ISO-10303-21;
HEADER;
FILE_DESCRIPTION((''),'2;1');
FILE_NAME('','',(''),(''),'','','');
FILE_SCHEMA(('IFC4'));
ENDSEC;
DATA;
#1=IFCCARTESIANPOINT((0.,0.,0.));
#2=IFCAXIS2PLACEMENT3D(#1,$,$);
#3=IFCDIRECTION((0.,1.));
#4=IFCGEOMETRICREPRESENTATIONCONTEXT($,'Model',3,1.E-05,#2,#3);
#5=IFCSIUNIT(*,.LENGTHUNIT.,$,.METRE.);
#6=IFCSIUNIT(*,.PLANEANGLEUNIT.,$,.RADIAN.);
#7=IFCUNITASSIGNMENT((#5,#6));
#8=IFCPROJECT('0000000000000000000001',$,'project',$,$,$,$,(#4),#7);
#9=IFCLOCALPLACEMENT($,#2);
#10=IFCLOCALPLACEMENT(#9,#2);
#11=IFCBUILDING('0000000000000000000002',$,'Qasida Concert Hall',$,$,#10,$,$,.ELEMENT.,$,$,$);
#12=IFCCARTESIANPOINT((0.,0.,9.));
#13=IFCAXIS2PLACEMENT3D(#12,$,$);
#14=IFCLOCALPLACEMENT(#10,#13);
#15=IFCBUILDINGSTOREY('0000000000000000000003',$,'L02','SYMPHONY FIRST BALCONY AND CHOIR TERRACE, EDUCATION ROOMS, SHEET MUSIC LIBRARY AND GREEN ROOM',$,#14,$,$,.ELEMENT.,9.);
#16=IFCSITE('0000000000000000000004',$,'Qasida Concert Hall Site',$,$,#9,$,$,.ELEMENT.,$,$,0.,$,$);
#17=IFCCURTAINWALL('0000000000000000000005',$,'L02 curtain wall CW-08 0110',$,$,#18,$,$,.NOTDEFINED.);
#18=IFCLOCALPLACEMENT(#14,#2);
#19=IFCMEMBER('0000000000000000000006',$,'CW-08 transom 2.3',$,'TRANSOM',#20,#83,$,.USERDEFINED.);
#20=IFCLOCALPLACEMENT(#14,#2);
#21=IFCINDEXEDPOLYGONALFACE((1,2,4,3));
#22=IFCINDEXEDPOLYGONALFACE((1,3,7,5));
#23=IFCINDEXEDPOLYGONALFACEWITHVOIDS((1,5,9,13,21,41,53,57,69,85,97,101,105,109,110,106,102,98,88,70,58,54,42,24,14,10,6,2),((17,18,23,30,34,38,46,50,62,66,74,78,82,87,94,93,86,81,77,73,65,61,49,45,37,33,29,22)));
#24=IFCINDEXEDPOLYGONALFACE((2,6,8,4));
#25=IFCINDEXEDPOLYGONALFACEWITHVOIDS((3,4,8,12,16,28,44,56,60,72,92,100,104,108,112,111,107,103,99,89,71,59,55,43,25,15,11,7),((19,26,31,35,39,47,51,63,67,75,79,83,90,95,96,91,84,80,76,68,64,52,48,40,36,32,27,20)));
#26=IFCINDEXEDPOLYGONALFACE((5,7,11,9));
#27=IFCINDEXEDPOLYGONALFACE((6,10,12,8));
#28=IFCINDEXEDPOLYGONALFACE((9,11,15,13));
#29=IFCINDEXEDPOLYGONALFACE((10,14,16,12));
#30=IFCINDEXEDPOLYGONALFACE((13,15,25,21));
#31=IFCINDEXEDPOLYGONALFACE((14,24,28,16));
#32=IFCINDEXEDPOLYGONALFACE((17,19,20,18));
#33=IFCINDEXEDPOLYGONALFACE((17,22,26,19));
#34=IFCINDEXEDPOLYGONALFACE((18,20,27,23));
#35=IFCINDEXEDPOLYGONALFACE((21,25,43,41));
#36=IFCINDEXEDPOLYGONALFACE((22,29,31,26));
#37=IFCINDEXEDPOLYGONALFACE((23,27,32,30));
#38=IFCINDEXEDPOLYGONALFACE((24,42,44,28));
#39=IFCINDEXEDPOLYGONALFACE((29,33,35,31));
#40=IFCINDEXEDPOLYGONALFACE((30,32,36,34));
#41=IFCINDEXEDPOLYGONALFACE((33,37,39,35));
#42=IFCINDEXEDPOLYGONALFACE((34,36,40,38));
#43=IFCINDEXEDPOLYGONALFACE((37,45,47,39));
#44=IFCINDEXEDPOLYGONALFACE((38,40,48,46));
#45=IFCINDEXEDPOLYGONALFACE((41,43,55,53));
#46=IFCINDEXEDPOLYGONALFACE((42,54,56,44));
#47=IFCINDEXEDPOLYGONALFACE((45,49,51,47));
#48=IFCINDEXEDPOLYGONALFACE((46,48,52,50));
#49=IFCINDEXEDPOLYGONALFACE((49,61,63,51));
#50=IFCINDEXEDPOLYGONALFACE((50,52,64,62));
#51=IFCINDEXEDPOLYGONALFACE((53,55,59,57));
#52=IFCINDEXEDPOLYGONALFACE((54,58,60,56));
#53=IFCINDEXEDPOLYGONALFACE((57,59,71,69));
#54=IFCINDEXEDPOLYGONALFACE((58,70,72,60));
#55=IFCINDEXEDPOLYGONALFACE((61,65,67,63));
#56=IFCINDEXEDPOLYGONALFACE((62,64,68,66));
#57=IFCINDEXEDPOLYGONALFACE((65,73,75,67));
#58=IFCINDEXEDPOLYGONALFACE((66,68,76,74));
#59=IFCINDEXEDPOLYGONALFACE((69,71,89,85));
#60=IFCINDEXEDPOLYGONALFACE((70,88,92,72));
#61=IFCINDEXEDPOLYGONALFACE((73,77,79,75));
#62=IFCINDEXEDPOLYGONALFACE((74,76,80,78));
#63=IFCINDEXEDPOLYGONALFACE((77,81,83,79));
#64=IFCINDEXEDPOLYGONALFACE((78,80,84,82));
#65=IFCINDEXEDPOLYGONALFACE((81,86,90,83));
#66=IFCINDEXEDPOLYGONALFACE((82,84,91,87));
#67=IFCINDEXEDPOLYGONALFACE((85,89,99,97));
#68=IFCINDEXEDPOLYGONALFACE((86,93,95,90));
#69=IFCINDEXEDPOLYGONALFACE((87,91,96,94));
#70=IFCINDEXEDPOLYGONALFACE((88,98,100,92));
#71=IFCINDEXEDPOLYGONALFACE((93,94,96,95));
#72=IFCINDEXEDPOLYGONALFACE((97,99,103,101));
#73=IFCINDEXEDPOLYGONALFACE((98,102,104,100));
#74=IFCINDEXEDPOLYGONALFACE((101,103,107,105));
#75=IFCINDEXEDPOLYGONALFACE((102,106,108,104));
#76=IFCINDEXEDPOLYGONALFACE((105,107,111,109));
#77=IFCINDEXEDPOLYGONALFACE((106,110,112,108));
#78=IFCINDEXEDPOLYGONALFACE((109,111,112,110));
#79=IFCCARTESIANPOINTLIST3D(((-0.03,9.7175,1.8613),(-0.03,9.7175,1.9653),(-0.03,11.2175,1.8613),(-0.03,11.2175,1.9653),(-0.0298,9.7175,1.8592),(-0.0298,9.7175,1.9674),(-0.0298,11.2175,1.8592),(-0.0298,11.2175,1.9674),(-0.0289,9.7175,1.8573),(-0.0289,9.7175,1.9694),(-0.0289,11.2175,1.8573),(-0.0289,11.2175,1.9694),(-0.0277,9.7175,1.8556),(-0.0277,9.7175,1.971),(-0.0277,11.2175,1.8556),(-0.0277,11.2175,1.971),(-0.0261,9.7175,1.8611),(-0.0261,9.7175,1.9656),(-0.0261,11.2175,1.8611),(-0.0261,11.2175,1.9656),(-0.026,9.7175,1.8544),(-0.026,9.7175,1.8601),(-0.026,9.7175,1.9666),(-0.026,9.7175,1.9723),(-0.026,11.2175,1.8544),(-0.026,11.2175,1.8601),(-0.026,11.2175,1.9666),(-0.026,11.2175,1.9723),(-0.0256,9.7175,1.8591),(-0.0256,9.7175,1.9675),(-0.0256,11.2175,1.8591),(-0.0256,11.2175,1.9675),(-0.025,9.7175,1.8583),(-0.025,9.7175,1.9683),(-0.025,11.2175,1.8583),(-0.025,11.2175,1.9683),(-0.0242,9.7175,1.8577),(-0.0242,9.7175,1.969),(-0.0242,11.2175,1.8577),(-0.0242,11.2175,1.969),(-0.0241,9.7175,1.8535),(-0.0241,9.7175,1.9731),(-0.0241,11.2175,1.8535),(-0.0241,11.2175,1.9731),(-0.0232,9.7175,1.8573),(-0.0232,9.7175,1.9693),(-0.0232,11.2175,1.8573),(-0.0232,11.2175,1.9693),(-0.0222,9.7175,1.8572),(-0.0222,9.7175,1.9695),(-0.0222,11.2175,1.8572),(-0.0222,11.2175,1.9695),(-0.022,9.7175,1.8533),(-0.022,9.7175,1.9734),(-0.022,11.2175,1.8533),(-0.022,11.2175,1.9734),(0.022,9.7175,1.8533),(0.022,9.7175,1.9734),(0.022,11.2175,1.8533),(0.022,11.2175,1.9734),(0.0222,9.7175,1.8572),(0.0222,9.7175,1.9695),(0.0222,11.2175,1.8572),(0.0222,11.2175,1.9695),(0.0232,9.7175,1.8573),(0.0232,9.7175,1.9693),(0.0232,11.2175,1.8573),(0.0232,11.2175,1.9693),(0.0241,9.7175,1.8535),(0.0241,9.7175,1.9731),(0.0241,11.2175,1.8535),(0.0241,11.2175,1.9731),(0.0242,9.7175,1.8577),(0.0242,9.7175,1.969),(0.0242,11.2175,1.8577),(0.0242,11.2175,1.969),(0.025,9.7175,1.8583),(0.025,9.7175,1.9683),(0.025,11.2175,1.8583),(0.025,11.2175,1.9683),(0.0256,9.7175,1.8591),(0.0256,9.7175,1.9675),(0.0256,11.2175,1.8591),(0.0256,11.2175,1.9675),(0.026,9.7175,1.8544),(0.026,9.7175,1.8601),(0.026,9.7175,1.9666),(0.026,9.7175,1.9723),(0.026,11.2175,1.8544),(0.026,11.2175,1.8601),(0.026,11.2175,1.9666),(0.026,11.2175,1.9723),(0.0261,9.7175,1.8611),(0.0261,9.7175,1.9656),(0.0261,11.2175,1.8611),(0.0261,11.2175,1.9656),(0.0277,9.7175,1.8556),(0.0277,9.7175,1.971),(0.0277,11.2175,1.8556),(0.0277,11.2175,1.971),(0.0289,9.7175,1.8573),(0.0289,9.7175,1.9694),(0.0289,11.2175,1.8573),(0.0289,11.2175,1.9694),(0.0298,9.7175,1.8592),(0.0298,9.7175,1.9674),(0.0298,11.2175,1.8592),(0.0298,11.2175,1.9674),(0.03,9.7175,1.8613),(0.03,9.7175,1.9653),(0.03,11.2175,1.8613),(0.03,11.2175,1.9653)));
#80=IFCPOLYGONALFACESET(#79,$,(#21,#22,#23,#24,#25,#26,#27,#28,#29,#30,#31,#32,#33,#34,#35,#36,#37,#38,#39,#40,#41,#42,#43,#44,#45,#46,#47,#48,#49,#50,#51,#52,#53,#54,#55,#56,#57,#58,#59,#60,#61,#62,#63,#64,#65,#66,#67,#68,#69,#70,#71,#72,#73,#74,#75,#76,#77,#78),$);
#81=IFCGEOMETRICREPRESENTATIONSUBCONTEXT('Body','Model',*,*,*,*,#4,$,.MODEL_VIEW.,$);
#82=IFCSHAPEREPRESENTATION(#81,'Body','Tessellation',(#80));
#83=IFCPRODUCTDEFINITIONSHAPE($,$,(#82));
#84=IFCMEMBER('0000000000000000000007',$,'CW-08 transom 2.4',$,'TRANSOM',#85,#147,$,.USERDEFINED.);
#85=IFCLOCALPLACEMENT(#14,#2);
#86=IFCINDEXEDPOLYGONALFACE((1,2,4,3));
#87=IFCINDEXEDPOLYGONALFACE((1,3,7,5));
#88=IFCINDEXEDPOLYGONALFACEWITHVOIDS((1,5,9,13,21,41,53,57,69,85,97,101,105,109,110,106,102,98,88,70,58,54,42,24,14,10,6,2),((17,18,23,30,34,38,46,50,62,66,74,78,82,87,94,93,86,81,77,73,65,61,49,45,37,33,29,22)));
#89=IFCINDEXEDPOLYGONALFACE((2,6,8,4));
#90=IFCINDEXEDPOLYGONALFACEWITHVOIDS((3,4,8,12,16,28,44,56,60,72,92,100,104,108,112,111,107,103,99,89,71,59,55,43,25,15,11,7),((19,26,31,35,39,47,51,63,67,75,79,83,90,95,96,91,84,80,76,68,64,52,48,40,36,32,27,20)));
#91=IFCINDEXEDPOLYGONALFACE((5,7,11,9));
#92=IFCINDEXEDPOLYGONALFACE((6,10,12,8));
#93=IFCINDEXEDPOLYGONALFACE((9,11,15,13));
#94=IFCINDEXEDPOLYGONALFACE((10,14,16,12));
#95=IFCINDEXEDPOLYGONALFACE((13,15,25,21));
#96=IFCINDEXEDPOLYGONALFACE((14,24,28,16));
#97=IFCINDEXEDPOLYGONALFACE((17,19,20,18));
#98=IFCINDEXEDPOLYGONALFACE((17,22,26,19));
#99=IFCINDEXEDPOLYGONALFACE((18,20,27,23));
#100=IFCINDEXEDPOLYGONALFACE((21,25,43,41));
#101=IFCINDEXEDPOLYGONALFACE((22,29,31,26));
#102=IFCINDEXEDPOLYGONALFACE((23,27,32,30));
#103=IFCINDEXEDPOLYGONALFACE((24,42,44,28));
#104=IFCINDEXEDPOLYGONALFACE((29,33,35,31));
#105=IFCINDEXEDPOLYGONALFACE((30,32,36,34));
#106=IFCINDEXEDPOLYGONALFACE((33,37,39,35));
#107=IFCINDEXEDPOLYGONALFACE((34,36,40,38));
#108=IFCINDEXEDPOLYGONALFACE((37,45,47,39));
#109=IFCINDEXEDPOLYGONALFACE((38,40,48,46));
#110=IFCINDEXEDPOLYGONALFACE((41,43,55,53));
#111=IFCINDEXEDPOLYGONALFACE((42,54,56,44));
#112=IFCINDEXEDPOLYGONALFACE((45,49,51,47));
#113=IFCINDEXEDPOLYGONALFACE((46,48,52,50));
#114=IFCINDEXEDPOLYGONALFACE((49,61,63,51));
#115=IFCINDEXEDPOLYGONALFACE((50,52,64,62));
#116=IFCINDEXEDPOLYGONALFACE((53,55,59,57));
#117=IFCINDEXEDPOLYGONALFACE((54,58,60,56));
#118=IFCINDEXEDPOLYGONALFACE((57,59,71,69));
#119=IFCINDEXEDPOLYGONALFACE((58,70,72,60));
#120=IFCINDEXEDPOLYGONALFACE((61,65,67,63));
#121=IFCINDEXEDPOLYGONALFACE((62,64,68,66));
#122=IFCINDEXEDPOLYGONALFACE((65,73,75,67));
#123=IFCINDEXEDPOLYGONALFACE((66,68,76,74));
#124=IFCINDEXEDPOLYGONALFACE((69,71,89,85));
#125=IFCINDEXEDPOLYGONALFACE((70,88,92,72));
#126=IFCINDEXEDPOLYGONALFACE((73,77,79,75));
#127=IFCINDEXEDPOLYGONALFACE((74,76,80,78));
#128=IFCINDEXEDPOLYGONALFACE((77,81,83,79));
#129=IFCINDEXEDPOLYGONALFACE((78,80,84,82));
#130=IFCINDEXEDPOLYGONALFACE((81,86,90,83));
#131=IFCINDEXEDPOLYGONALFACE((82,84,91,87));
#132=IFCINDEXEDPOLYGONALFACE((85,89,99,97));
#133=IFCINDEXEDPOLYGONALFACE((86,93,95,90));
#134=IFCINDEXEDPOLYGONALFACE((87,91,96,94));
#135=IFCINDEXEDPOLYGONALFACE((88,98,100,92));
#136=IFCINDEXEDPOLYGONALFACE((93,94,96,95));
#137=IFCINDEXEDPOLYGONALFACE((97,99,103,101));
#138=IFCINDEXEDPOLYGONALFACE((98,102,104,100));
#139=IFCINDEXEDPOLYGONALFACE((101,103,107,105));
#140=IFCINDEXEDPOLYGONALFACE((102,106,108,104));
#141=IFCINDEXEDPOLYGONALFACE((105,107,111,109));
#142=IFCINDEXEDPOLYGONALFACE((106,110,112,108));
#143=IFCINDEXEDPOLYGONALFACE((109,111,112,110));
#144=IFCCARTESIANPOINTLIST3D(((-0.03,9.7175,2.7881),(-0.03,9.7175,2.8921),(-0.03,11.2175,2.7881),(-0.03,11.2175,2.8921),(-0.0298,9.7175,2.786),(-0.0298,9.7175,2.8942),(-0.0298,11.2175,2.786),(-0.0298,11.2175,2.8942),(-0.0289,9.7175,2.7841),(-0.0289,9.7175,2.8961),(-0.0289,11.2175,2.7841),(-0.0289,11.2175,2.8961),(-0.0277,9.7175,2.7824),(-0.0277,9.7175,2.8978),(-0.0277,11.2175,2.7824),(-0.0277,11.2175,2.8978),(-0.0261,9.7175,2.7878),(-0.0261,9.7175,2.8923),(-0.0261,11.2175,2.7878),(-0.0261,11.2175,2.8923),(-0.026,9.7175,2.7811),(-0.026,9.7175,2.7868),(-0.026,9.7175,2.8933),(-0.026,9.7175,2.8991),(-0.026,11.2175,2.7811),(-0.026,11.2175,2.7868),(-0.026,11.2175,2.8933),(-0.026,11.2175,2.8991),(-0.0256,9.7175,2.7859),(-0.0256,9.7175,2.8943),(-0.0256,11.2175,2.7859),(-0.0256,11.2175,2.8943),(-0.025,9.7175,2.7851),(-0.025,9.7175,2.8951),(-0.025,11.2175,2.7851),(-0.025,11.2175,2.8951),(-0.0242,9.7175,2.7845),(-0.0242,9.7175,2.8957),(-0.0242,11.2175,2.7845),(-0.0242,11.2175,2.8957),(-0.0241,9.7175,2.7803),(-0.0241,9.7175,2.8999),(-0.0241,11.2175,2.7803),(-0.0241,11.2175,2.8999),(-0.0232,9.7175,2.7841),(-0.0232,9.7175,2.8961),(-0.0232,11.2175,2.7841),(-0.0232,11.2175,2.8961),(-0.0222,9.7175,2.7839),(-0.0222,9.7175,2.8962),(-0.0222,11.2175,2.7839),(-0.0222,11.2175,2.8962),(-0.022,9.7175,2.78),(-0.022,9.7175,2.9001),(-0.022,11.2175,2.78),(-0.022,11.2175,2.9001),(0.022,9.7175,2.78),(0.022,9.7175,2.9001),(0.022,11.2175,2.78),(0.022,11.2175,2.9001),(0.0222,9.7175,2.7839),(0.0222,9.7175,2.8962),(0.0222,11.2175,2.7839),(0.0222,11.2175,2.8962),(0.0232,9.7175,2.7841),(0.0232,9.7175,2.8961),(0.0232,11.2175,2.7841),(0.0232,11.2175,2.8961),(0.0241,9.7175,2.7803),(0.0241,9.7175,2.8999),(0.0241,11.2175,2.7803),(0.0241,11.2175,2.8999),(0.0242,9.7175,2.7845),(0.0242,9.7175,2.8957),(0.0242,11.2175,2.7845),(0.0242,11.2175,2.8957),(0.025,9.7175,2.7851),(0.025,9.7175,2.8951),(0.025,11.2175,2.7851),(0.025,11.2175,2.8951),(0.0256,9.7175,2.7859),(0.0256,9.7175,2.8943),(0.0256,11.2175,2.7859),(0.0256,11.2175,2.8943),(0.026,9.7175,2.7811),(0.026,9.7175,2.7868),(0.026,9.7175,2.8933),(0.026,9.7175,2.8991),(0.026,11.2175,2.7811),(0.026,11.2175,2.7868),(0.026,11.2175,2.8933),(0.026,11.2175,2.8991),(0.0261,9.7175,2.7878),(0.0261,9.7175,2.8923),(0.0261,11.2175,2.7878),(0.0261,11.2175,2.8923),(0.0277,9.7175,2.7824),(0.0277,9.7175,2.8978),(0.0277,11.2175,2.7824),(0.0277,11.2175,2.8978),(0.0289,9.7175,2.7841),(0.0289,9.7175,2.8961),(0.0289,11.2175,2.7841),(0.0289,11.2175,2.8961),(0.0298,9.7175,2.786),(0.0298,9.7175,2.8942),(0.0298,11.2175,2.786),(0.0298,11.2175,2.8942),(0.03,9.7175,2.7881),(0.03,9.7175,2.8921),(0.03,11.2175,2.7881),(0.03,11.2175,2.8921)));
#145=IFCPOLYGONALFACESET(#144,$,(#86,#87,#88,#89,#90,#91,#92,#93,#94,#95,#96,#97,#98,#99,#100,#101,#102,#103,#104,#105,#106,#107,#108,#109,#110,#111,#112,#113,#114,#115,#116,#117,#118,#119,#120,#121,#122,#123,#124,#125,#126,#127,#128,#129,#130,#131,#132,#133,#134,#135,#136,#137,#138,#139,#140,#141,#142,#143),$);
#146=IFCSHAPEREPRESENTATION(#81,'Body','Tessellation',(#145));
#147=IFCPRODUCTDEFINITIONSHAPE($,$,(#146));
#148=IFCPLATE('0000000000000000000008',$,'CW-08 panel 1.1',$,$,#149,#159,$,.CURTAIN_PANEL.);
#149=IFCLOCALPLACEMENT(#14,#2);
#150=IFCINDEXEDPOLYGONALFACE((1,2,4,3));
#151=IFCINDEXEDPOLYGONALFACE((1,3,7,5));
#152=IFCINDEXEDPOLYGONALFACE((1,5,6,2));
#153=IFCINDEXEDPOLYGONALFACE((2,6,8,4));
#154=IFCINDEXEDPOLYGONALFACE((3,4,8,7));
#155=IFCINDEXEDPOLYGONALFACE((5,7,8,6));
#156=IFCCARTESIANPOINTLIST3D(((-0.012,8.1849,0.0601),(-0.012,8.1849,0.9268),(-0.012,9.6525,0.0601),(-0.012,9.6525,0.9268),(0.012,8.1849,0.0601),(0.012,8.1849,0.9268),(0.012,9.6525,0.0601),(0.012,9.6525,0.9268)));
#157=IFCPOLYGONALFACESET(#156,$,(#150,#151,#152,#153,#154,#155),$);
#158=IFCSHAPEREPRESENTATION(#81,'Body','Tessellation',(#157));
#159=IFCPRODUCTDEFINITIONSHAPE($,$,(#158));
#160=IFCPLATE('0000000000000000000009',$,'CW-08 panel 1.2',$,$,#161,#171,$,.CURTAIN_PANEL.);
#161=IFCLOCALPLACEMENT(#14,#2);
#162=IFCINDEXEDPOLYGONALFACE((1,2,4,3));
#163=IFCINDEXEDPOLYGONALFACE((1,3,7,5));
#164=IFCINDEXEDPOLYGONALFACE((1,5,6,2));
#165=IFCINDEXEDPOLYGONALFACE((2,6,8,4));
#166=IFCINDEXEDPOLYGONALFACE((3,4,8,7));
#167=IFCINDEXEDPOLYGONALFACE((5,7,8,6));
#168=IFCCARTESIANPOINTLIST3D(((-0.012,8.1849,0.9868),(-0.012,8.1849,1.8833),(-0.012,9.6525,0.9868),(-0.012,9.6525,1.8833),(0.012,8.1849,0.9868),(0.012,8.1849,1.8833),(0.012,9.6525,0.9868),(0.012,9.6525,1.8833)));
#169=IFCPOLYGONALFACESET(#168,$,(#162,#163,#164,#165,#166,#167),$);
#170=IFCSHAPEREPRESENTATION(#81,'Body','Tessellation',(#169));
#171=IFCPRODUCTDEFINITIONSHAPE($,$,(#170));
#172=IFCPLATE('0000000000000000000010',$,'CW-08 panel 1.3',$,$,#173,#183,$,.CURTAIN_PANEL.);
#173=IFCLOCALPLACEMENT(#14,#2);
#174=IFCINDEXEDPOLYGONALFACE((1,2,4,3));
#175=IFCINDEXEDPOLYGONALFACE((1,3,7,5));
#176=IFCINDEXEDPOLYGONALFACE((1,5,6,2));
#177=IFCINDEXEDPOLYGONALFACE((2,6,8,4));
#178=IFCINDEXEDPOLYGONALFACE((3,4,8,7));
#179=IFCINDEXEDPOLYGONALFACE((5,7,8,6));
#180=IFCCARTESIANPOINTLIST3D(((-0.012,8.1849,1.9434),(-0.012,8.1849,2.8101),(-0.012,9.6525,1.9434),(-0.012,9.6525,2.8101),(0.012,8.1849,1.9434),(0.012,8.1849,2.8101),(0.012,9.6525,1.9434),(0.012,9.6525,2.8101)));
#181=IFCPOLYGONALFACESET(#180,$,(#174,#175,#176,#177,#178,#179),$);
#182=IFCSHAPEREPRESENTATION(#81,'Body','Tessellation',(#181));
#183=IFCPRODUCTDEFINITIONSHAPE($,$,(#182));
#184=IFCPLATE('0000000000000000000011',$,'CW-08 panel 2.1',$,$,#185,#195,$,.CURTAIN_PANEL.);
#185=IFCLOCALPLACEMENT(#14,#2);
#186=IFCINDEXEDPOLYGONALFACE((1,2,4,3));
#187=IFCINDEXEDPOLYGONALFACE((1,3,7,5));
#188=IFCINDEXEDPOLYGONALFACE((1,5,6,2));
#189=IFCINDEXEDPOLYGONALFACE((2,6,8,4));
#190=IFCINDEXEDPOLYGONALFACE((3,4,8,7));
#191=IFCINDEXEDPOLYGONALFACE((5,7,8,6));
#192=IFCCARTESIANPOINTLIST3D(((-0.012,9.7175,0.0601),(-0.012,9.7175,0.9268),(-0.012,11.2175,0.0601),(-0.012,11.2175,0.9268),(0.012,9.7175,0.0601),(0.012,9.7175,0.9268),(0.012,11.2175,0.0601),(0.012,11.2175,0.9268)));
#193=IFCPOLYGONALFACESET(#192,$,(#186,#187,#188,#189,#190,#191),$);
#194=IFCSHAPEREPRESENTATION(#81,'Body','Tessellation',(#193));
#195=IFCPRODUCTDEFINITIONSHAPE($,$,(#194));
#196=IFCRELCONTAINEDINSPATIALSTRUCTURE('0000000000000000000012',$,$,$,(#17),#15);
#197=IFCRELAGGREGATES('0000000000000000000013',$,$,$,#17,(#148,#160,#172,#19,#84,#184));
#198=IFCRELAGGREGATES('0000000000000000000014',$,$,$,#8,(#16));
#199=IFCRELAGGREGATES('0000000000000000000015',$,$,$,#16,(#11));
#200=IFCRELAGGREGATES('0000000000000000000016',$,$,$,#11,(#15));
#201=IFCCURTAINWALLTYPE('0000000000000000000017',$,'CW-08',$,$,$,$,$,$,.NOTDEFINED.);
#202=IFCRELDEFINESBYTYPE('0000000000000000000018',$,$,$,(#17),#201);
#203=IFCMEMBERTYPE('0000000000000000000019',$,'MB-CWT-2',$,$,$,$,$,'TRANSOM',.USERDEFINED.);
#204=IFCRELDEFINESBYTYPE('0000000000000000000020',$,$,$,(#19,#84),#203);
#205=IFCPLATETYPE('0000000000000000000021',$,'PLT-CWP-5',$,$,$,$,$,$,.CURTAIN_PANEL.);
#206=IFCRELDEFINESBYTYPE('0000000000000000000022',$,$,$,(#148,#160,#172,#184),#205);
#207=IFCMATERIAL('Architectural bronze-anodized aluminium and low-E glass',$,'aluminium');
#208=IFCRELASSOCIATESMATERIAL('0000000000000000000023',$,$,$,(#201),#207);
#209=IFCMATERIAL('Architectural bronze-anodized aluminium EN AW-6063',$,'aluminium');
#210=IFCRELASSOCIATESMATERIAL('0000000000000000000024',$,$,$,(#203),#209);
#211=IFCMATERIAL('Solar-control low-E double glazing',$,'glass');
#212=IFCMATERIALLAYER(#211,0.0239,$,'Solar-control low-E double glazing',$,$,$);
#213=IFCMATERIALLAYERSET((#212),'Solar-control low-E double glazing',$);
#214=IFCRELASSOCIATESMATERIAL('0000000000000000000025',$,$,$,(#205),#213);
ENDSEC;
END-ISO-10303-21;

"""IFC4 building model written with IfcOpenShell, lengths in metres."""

from ifc_helpers import new_model, si_unit, direction, frame, origin, origin_2d, place, context, subcontext, project, spatial, rectangle, hollow_rectangle, extrude, material, layer, layer_set, material_profile, profile_set, type_object, element, aggregate, save


model = new_model("IFC4")

# Units and contexts
model_context = context("Model", 3, precision=1e-05, world=origin(), true_north=direction((0.0, 1.0)))
body_context = subcontext(model_context, "Body", "Model", "MODEL_VIEW")
ifc_project = project(units=[si_unit("LENGTHUNIT", "METRE"), si_unit("PLANEANGLEUNIT", "RADIAN")], contexts=[model_context])

# Site, building, storey
site_placement = place(None, origin())
site = spatial("IfcSite", under=ifc_project, at=site_placement, Name="Qasida Concert Hall Site", CompositionType="ELEMENT", RefElevation=0.0)
building_placement = place(site_placement, origin())
building = spatial("IfcBuilding", under=site, at=building_placement, Name="Qasida Concert Hall", CompositionType="ELEMENT")
storey_placement = place(building_placement, frame((0.0, 0.0, 9.0)))
storey = spatial("IfcBuildingStorey", under=building, at=storey_placement, Name="L02", Description="SYMPHONY FIRST BALCONY AND CHOIR TERRACE, EDUCATION ROOMS, SHEET MUSIC LIBRARY AND GREEN ROOM", CompositionType="ELEMENT", Elevation=9.0)

# Curtain wall, members, plates
ifc_material_1 = material(Name="Architectural bronze-anodized aluminium and low-E glass", Category="aluminium")
curtain_wall_type = type_object("IfcCurtainWallType", Name="CW-08", PredefinedType="NOTDEFINED", material=ifc_material_1)
curtain_wall_placement = place(storey_placement, origin())
curtain_wall = element("IfcCurtainWall", 1, at=curtain_wall_placement, inside=storey, type_object=curtain_wall_type, Name="L02 curtain wall CW-08 0110", PredefinedType="NOTDEFINED")
ifc_material_2 = material(Name="Architectural bronze-anodized aluminium EN AW-6063", Category="aluminium")
ifc_material_profile_1 = material_profile(ifc_material_2, hollow_rectangle(XDim=0.0601, YDim=0.1201, WallThickness=0.0039, InnerFilletRadius=0.0039, OuterFilletRadius=0.0081, at=origin_2d()), Name="CWT 120x60x4")
ifc_profile_set_1 = profile_set([ifc_material_profile_1], Name="Architectural bronze-anodized aluminium EN AW-6063")
member_type_1 = type_object("IfcMemberType", Name="MB-CWT-2", ElementType="TRANSOM", PredefinedType="USERDEFINED", material=ifc_profile_set_1)
member_1_placement = place(storey_placement, frame((0.0, 9.7175, 1.9133), z_axis=(0.0, 1.0, 0.0), x_axis=(-1.0, 0.0, 0.0)))
member_1 = element("IfcMember", 2, at=member_1_placement, type_object=member_type_1, Name="CW-08 transom 2.3", ObjectType="TRANSOM", PredefinedType="USERDEFINED", context=body_context, shape_type="SweptSolid", body=[
    extrude(hollow_rectangle(XDim=0.0601, YDim=0.1201, WallThickness=0.0039, InnerFilletRadius=0.0039, OuterFilletRadius=0.0081, at=origin_2d()), origin(), (0.0, 0.0, 1.0), 1.5),
])
member_2_placement = place(storey_placement, frame((0.0, 9.7175, 2.8401), z_axis=(0.0, 1.0, 0.0), x_axis=(-1.0, 0.0, 0.0)))
member_2 = element("IfcMember", 3, at=member_2_placement, type_object=member_type_1, Name="CW-08 transom 2.4", ObjectType="TRANSOM", PredefinedType="USERDEFINED", context=body_context, shape_type="SweptSolid", body=[
    extrude(hollow_rectangle(XDim=0.0601, YDim=0.1201, WallThickness=0.0039, InnerFilletRadius=0.0039, OuterFilletRadius=0.0081, at=origin_2d()), origin(), (0.0, 0.0, 1.0), 1.5),
])
ifc_material_3 = material(Name="Solar-control low-E double glazing", Category="glass")
ifc_layer_1 = layer(ifc_material_3, 0.0239, Name="Solar-control low-E double glazing")
ifc_layer_set_1 = layer_set([ifc_layer_1], Name="Solar-control low-E double glazing")
plate_type = type_object("IfcPlateType", Name="PLT-CWP-5", PredefinedType="CURTAIN_PANEL", material=ifc_layer_set_1)
plate_1_placement = place(storey_placement, frame((0.0, 8.9187, 0.0601), z_axis=(0.0, 0.0, 1.0), x_axis=(0.0, 1.0, 0.0)))
plate_1 = element("IfcPlate", 4, at=plate_1_placement, type_object=plate_type, Name="CW-08 panel 1.1", PredefinedType="CURTAIN_PANEL", context=body_context, shape_type="SweptSolid", body=[
    extrude(rectangle(XDim=1.4675, YDim=0.0239, at=origin_2d()), origin(), (0.0, 0.0, 1.0), 0.8667),
])
plate_2_placement = place(storey_placement, frame((0.0, 8.9187, 0.9868), z_axis=(0.0, 0.0, 1.0), x_axis=(0.0, 1.0, 0.0)))
plate_2 = element("IfcPlate", 5, at=plate_2_placement, type_object=plate_type, Name="CW-08 panel 1.2", PredefinedType="CURTAIN_PANEL", context=body_context, shape_type="SweptSolid", body=[
    extrude(rectangle(XDim=1.4675, YDim=0.0239, at=origin_2d()), origin(), (0.0, 0.0, 1.0), 0.8965),
])
plate_3_placement = place(storey_placement, frame((0.0, 8.9187, 1.9434), z_axis=(0.0, 0.0, 1.0), x_axis=(0.0, 1.0, 0.0)))
plate_3 = element("IfcPlate", 6, at=plate_3_placement, type_object=plate_type, Name="CW-08 panel 1.3", PredefinedType="CURTAIN_PANEL", context=body_context, shape_type="SweptSolid", body=[
    extrude(rectangle(XDim=1.4675, YDim=0.0239, at=origin_2d()), origin(), (0.0, 0.0, 1.0), 0.8667),
])
plate_4_placement = place(storey_placement, frame((0.0, 10.4675, 0.0601), z_axis=(0.0, 0.0, 1.0), x_axis=(0.0, 1.0, 0.0)))
plate_4 = element("IfcPlate", 7, at=plate_4_placement, type_object=plate_type, Name="CW-08 panel 2.1", PredefinedType="CURTAIN_PANEL", context=body_context, shape_type="SweptSolid", body=[
    extrude(rectangle(XDim=1.5, YDim=0.0239, at=origin_2d()), origin(), (0.0, 0.0, 1.0), 0.8667),
])
aggregate(curtain_wall, [plate_1, plate_2, plate_3, member_1, member_2, plate_4])

save(model, "model.ifc")
